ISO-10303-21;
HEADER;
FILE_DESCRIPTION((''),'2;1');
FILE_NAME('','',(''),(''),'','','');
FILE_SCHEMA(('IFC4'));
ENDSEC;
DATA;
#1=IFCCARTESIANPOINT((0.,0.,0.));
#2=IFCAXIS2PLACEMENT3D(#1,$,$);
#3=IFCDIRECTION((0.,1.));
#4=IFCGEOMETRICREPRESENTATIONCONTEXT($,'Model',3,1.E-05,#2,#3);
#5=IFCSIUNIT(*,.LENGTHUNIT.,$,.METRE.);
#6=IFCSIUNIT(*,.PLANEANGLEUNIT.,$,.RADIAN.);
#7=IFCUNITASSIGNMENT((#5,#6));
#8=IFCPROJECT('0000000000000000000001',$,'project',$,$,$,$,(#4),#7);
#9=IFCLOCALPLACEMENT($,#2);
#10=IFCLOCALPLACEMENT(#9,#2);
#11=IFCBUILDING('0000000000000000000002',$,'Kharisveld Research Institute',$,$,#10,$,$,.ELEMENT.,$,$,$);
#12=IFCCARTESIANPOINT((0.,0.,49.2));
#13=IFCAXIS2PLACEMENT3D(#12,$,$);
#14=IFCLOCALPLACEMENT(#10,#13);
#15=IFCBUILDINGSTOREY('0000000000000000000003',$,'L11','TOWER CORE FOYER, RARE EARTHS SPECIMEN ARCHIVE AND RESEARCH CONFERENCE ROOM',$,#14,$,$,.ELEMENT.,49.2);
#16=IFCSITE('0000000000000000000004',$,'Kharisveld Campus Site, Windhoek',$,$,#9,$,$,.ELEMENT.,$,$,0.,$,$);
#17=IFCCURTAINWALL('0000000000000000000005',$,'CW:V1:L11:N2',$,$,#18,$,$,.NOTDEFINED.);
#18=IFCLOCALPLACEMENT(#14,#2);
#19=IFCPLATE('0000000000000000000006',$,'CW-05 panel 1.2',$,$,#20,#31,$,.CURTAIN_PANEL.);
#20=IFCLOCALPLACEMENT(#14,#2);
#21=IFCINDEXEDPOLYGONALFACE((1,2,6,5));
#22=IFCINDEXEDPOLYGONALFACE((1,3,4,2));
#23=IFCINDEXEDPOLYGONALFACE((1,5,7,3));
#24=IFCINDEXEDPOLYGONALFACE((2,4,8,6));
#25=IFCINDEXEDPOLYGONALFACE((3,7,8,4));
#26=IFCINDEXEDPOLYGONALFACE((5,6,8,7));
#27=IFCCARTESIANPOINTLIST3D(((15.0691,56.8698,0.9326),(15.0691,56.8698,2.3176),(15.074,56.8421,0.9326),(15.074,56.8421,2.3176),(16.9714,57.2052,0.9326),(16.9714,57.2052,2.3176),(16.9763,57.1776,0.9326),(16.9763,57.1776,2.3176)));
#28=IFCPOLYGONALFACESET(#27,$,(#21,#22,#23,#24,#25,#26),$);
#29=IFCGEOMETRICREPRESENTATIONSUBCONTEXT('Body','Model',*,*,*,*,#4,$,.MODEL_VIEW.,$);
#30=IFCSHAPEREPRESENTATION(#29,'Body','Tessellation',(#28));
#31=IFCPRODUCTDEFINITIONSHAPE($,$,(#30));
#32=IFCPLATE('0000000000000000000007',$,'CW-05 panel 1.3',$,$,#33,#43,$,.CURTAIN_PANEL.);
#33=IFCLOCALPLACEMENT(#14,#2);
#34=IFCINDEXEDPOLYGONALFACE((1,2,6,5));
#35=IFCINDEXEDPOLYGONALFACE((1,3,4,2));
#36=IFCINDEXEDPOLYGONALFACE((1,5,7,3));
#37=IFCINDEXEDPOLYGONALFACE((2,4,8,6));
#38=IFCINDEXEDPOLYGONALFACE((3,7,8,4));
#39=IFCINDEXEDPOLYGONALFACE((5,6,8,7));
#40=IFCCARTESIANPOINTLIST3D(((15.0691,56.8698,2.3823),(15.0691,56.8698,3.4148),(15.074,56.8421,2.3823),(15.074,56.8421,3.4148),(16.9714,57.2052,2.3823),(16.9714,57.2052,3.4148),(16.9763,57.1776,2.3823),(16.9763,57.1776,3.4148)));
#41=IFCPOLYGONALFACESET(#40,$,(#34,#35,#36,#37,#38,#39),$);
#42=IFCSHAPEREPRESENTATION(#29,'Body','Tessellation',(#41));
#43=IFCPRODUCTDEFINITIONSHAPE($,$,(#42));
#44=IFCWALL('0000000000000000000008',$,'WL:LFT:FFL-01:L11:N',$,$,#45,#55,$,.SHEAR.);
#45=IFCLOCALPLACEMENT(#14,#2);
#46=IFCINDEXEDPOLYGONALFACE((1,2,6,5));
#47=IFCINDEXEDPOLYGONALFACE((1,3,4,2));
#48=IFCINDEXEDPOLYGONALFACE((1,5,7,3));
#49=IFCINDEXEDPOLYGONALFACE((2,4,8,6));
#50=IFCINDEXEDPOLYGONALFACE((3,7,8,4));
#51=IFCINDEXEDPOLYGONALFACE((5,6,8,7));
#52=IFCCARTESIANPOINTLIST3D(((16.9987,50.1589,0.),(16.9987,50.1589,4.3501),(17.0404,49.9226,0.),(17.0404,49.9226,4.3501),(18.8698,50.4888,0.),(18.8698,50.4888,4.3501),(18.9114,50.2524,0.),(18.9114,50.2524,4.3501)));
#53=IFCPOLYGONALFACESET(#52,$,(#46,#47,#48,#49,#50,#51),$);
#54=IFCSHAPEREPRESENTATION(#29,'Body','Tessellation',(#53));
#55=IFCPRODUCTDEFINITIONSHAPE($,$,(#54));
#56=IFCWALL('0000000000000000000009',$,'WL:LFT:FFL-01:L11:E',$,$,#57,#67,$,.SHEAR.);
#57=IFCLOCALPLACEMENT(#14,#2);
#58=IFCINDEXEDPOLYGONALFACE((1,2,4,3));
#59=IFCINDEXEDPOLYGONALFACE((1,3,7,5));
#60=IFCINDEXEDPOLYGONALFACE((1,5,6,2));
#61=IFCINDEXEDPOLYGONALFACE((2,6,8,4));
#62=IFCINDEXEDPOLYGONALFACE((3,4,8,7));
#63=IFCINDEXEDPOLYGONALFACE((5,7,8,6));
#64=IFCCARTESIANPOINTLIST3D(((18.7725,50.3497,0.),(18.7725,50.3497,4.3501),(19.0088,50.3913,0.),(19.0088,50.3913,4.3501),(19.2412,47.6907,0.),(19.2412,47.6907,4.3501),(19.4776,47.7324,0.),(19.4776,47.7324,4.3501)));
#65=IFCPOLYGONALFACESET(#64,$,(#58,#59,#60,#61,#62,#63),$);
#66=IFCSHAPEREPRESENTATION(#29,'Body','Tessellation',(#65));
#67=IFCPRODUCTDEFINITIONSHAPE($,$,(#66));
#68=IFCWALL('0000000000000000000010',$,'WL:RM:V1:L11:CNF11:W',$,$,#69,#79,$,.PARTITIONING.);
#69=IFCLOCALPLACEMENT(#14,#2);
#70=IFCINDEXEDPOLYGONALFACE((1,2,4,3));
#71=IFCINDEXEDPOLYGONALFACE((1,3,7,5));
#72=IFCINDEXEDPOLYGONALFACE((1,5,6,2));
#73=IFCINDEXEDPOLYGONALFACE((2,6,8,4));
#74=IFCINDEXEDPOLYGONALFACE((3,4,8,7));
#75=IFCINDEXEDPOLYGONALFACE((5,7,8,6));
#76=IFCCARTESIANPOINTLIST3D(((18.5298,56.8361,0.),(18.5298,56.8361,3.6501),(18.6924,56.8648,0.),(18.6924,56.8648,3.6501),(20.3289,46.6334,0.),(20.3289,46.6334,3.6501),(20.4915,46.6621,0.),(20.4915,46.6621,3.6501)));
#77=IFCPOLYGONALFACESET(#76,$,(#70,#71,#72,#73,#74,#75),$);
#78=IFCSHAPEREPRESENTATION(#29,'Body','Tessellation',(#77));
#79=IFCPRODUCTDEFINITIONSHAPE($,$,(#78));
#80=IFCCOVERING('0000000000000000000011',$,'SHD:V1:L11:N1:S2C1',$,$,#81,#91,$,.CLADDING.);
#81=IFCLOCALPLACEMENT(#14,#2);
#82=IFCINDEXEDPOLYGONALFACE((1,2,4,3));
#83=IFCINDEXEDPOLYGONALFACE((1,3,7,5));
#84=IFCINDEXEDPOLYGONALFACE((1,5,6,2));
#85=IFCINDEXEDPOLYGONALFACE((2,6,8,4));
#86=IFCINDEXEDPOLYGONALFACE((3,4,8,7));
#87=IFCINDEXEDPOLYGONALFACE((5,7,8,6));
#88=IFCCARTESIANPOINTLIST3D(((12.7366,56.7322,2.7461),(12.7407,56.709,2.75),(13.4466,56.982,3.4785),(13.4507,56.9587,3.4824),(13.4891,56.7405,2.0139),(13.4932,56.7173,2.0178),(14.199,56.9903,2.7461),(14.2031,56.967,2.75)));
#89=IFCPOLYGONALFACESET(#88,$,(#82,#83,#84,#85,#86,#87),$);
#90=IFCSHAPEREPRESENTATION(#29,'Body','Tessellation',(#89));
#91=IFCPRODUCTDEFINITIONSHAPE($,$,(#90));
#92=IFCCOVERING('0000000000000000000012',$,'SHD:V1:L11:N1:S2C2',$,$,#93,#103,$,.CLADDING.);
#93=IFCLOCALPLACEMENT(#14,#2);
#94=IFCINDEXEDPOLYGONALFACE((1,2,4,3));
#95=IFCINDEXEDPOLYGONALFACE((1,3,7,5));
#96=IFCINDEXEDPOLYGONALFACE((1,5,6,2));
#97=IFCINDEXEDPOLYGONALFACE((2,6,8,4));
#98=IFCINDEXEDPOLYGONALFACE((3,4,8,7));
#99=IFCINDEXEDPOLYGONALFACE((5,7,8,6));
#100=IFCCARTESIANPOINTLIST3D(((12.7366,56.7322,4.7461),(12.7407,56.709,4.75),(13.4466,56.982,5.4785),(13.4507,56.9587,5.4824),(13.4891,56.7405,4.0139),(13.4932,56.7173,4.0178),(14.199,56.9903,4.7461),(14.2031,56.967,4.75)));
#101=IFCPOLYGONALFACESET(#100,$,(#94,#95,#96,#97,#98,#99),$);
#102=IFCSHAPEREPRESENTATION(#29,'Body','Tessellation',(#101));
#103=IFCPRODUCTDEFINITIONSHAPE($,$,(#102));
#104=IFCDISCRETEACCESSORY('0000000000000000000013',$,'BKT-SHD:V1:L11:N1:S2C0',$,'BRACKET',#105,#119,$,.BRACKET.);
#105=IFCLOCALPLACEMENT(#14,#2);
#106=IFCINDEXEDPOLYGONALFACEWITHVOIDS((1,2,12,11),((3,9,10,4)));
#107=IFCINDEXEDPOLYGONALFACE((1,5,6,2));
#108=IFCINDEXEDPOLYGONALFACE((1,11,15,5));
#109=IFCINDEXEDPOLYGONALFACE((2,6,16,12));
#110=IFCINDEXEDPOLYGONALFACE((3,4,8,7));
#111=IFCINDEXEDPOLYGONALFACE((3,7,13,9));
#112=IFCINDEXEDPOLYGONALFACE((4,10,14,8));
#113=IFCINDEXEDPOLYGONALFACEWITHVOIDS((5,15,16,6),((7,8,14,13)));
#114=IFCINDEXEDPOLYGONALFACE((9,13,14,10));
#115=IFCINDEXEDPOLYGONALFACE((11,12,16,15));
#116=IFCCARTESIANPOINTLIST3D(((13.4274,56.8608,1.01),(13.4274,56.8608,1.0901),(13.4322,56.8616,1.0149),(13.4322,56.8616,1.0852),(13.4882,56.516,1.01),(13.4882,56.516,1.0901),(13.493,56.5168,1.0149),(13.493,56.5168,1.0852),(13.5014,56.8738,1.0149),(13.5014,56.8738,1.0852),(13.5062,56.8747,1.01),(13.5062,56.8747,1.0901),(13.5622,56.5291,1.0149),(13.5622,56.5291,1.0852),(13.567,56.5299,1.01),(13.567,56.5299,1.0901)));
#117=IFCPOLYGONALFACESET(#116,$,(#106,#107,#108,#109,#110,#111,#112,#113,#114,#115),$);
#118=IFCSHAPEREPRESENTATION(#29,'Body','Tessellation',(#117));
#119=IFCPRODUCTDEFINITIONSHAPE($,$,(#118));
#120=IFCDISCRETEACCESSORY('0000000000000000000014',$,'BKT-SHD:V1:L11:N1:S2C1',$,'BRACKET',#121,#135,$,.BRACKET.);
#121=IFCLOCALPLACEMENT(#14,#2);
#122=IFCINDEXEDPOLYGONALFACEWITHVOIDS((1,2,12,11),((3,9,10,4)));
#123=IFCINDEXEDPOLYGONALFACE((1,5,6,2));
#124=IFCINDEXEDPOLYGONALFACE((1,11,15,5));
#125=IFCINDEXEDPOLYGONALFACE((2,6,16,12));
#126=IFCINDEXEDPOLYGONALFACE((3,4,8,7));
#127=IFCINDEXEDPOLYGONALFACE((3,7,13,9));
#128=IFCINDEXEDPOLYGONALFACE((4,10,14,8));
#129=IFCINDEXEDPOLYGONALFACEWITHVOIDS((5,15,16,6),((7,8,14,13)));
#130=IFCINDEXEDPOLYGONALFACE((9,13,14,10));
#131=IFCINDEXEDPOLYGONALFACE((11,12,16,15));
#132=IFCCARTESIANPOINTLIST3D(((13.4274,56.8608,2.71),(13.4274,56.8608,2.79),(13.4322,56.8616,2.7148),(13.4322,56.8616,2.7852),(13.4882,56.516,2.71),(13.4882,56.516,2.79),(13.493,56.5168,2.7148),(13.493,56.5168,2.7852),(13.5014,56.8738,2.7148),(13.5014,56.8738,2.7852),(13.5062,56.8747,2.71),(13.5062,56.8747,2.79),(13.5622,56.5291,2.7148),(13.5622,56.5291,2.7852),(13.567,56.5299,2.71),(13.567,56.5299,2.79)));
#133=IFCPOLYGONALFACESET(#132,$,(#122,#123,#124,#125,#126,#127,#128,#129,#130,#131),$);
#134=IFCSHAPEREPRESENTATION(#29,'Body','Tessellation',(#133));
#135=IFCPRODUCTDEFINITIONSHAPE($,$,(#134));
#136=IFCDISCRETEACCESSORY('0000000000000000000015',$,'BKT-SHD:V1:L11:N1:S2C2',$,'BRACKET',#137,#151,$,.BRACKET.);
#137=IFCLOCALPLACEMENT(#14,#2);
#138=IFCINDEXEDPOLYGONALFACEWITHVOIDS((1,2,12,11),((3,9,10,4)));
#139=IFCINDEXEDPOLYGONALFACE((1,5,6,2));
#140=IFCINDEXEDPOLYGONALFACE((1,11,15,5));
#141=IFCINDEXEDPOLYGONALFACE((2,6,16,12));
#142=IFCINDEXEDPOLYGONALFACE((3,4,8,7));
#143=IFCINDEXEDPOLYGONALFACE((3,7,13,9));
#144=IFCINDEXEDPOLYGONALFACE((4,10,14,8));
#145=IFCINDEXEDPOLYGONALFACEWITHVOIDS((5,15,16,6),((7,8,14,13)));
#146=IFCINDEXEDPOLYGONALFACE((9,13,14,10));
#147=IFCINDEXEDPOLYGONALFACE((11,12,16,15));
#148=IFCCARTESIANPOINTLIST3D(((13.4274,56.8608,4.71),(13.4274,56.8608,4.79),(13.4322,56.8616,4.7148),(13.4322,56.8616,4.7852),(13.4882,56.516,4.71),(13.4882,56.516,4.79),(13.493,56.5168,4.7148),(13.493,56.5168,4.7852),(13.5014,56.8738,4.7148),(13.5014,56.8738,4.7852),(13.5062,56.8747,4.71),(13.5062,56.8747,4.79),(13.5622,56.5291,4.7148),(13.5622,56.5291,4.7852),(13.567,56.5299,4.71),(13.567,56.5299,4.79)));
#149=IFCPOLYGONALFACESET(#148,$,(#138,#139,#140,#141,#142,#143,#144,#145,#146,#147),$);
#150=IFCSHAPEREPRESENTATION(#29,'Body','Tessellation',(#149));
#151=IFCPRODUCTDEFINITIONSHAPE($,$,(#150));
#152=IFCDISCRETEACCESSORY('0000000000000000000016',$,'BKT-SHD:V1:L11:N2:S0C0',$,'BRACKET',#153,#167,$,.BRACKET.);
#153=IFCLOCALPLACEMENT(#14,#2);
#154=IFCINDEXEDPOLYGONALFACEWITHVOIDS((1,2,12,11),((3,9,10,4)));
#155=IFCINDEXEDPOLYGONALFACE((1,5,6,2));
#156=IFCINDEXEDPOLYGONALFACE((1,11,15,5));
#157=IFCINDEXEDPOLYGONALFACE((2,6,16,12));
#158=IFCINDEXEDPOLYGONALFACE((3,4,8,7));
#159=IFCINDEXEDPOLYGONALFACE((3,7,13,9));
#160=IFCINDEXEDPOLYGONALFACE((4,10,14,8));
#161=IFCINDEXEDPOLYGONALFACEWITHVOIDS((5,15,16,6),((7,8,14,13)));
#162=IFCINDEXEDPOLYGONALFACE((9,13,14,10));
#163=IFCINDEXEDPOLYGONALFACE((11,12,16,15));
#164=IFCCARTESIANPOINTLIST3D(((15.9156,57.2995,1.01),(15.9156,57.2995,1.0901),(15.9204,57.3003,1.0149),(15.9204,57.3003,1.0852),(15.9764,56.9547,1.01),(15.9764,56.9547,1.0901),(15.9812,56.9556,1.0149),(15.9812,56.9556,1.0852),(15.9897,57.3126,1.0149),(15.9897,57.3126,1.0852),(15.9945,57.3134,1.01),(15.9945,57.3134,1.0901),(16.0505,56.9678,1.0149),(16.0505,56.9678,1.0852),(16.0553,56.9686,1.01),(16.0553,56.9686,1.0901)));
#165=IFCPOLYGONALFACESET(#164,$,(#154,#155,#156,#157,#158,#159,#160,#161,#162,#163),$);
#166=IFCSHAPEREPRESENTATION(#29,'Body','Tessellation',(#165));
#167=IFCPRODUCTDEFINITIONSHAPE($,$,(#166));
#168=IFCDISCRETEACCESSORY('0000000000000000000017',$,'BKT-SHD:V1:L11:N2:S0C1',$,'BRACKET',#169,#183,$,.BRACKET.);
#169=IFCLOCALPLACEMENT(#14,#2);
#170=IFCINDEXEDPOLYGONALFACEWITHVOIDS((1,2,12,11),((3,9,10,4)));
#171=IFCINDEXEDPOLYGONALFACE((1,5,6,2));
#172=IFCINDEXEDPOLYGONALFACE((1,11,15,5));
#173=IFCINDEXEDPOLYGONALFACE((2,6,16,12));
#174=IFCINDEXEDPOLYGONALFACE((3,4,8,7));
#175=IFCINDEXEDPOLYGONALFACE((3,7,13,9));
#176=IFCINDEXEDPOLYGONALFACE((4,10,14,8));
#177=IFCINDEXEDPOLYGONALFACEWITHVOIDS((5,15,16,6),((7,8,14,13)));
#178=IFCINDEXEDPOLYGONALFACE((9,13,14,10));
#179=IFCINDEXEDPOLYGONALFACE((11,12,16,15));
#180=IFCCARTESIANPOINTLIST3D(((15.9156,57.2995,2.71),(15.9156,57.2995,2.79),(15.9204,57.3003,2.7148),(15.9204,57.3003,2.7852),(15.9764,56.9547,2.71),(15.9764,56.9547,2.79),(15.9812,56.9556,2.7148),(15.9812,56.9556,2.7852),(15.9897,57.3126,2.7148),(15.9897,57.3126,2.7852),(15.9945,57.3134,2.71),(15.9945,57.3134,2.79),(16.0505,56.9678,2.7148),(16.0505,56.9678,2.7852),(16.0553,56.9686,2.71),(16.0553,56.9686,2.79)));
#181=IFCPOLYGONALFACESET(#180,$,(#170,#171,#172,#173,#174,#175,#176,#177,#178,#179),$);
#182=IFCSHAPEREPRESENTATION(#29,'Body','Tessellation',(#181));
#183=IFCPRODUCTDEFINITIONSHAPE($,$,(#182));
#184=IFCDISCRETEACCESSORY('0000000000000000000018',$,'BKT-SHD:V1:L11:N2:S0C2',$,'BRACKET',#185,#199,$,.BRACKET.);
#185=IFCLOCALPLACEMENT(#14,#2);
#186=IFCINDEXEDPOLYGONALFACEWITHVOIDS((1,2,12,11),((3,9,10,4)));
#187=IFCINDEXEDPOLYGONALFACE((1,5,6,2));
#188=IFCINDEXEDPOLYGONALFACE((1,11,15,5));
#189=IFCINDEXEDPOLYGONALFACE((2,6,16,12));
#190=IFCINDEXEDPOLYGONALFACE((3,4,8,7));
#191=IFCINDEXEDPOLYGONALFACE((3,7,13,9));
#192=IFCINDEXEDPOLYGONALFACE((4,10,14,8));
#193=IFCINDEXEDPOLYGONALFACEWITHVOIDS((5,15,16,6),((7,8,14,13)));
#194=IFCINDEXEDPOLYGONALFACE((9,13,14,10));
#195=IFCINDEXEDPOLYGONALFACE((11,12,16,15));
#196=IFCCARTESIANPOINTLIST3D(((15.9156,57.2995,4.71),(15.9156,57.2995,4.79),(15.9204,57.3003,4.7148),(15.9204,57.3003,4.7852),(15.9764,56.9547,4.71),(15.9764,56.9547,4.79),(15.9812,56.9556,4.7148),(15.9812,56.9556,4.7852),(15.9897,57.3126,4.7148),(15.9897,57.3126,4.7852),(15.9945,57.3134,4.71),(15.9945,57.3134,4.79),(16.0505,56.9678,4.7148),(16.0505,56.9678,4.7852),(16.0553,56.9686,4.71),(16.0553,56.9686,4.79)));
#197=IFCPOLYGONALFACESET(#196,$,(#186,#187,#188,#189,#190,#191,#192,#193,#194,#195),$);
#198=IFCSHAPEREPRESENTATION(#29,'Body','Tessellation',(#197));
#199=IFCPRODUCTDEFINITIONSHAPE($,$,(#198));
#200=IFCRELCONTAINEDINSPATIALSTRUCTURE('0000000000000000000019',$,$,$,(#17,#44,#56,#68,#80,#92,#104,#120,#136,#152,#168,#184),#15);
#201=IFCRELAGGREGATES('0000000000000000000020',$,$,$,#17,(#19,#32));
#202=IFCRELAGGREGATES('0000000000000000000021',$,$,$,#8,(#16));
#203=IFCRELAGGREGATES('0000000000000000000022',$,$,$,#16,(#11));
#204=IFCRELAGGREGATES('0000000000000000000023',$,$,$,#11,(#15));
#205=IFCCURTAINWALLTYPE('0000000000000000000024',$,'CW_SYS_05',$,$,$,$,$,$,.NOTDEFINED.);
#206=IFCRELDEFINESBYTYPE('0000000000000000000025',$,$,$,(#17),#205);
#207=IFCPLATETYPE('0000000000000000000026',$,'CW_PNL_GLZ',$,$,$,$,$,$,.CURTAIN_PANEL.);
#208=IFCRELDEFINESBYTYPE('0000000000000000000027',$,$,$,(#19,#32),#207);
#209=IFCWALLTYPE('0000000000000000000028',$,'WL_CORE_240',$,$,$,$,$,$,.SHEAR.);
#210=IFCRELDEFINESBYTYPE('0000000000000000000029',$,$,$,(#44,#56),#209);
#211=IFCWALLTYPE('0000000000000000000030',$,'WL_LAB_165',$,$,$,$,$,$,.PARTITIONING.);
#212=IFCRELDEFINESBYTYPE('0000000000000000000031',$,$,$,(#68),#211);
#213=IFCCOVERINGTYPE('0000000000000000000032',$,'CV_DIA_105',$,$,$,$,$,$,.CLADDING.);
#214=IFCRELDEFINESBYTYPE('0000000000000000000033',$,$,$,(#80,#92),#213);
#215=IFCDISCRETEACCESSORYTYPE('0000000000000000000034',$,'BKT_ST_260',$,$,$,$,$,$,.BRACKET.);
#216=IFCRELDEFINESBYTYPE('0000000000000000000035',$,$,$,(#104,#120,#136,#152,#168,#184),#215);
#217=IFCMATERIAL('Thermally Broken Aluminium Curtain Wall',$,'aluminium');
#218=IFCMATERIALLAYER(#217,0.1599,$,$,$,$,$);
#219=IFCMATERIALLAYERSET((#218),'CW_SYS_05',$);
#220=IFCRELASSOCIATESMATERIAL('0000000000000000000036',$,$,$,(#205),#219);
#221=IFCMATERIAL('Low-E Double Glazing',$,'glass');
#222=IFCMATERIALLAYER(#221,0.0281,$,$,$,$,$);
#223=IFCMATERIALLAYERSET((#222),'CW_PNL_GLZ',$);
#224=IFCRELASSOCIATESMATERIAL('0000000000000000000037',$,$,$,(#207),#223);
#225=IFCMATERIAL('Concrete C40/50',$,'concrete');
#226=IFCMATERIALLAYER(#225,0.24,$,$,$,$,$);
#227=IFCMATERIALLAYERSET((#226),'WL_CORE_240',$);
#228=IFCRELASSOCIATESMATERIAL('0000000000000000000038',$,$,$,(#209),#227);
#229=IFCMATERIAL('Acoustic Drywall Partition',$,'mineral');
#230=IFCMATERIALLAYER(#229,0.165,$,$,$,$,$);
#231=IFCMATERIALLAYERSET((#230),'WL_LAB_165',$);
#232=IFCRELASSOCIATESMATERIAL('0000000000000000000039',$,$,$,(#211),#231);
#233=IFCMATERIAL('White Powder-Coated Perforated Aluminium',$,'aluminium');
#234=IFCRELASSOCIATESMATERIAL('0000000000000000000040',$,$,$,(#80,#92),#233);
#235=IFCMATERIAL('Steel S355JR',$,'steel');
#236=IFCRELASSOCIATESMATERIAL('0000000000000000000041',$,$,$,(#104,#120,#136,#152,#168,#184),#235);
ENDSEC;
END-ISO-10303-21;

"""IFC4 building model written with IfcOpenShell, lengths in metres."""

from ifc_helpers import new_model, si_unit, direction, frame, frame_2d, origin, origin_2d, place, context, subcontext, project, spatial, polyline, rectangle, hollow_rectangle, outline, extrude, material, layer, layer_set, type_object, element, aggregate, save


model = new_model("IFC4")

# Units and contexts
model_context = context("Model", 3, precision=1e-05, world=origin(), true_north=direction((0.0, 1.0)))
body_context = subcontext(model_context, "Body", "Model", "MODEL_VIEW")
ifc_project = project(units=[si_unit("LENGTHUNIT", "METRE"), si_unit("PLANEANGLEUNIT", "RADIAN")], contexts=[model_context])

# Site, building, storey
site_placement = place(None, origin())
site = spatial("IfcSite", under=ifc_project, at=site_placement, Name="Kharisveld Campus Site, Windhoek", CompositionType="ELEMENT", RefElevation=0.0)
building_placement = place(site_placement, origin())
building = spatial("IfcBuilding", under=site, at=building_placement, Name="Kharisveld Research Institute", CompositionType="ELEMENT")
storey_placement = place(building_placement, frame((0.0, 0.0, 49.2)))
storey = spatial("IfcBuildingStorey", under=building, at=storey_placement, Name="L11", Description="TOWER CORE FOYER, RARE EARTHS SPECIMEN ARCHIVE AND RESEARCH CONFERENCE ROOM", CompositionType="ELEMENT", Elevation=49.2)

# Curtain wall
ifc_material_1 = material(Name="Thermally Broken Aluminium Curtain Wall", Category="aluminium")
ifc_layer_1 = layer(ifc_material_1, 0.1599)
ifc_layer_set_1 = layer_set([ifc_layer_1], Name="CW_SYS_05")
curtain_wall_type_1 = type_object("IfcCurtainWallType", Name="CW_SYS_05", PredefinedType="NOTDEFINED", material=ifc_layer_set_1)
curtain_wall_1_placement = place(storey_placement, origin())
curtain_wall_1 = element("IfcCurtainWall", 1, at=curtain_wall_1_placement, inside=storey, type_object=curtain_wall_type_1, Name="CW:V1:L11:N2", PredefinedType="NOTDEFINED")

# Plates
ifc_material_2 = material(Name="Low-E Double Glazing", Category="glass")
ifc_layer_2 = layer(ifc_material_2, 0.0281)
ifc_layer_set_2 = layer_set([ifc_layer_2], Name="CW_PNL_GLZ")
plate_type = type_object("IfcPlateType", Name="CW_PNL_GLZ", PredefinedType="CURTAIN_PANEL", material=ifc_layer_set_2)
plate_1_placement = place(storey_placement, frame((16.0227, 57.0237, 0.9326), z_axis=(0.0, 0.0, 1.0), x_axis=(0.984808, 0.173648, 0.0)))
plate_1 = element("IfcPlate", 2, at=plate_1_placement, type_object=plate_type, Name="CW-05 panel 1.2", PredefinedType="CURTAIN_PANEL", context=body_context, shape_type="SweptSolid", body=[
    extrude(rectangle(XDim=1.9316, YDim=0.0281, at=origin_2d()), origin(), (0.0, 0.0, 1.0), 1.385),
])
plate_2_placement = place(storey_placement, frame((16.0227, 57.0237, 2.3823), z_axis=(0.0, 0.0, 1.0), x_axis=(0.984808, 0.173648, 0.0)))
plate_2 = element("IfcPlate", 3, at=plate_2_placement, type_object=plate_type, Name="CW-05 panel 1.3", PredefinedType="CURTAIN_PANEL", context=body_context, shape_type="SweptSolid", body=[
    extrude(rectangle(XDim=1.9316, YDim=0.0281, at=origin_2d()), origin(), (0.0, 0.0, 1.0), 1.0325),
])
aggregate(curtain_wall_1, [plate_1, plate_2])

# Walls
ifc_material_3 = material(Name="Concrete C40/50", Category="concrete")
ifc_layer_3 = layer(ifc_material_3, 0.24)
ifc_layer_set_3 = layer_set([ifc_layer_3], Name="WL_CORE_240")
wall_type_1 = type_object("IfcWallType", Name="WL_CORE_240", PredefinedType="SHEAR", material=ifc_layer_set_3)
wall_1_placement = place(storey_placement, frame((17.0195, 50.0408, 0.0), z_axis=(0.0, 0.0, 1.0), x_axis=(0.984816, 0.173602, 0.0)))
element("IfcWall", 4, at=wall_1_placement, inside=storey, type_object=wall_type_1, Name="WL:LFT:FFL-01:L11:N", PredefinedType="SHEAR", context=body_context, shape_type="SweptSolid", body=[
    extrude(rectangle(XDim=1.8999, YDim=0.24, at=frame_2d((0.95, 0.0))), origin(), (0.0, 0.0, 1.0), 4.3501),
])
wall_2_placement = place(storey_placement, frame((18.8906, 50.3706, 0.0), z_axis=(0.0, 0.0, 1.0), x_axis=(0.173615, -0.984814, 0.0)))
element("IfcWall", 5, at=wall_2_placement, inside=storey, type_object=wall_type_1, Name="WL:LFT:FFL-01:L11:E", PredefinedType="SHEAR", context=body_context, shape_type="SweptSolid", body=[
    extrude(rectangle(XDim=2.7, YDim=0.24, at=frame_2d((1.3501, 0.0))), origin(), (0.0, 0.0, 1.0), 4.3501),
])
ifc_material_4 = material(Name="Acoustic Drywall Partition", Category="mineral")
ifc_layer_4 = layer(ifc_material_4, 0.165)
ifc_layer_set_4 = layer_set([ifc_layer_4], Name="WL_LAB_165")
wall_type_2 = type_object("IfcWallType", Name="WL_LAB_165", PredefinedType="PARTITIONING", material=ifc_layer_set_4)
wall_3_placement = place(storey_placement, frame((18.6111, 56.8506, 0.0), z_axis=(0.0, 0.0, 1.0), x_axis=(0.173655, -0.984807, 0.0)))
element("IfcWall", 6, at=wall_3_placement, inside=storey, type_object=wall_type_2, Name="WL:RM:V1:L11:CNF11:W", PredefinedType="PARTITIONING", context=body_context, shape_type="SweptSolid", body=[
    extrude(rectangle(XDim=10.3601, YDim=0.165, at=frame_2d((5.1802, 0.0))), origin(), (0.0, 0.0, 1.0), 3.6501),
])

# Coverings
ifc_material_5 = material(Name="White Powder-Coated Perforated Aluminium", Category="aluminium")
covering_type = type_object("IfcCoveringType", Name="CV_DIA_105", PredefinedType="CLADDING")
for number, where, z_axis, x_axis, name in (
    (7, (13.4932, 56.7173, 2.0178), (0.171391, -0.971272, 0.165096), (0.676154, 0.237843, 0.697313), "SHD:V1:L11:N1:S2C1"),
    (8, (13.4932, 56.7173, 4.0178), (0.171391, -0.971272, 0.165096), (0.676154, 0.237843, 0.697313), "SHD:V1:L11:N1:S2C2"),
):
    element("IfcCovering", number, at=place(storey_placement, frame(where, z_axis=z_axis, x_axis=x_axis)), inside=storey, type_object=covering_type, material=ifc_material_5, Name=name, PredefinedType="CLADDING", context=body_context, shape_type="SweptSolid", body=[
        extrude(outline(polyline([(0.0, 0.0), (1.05, 0.0), (1.05, 1.0501), (-0.0002, 1.0499), (0.0, 0.0)])), origin(), (0.0, 0.0, -1.0), 0.0239),
    ])

# Discrete accessories
ifc_material_6 = material(Name="Steel S355JR", Category="steel")
discrete_accessory_type = type_object("IfcDiscreteAccessoryType", Name="BKT_ST_260", PredefinedType="BRACKET")
for number, where, z_axis, x_axis, name in (
    (9, (13.5276, 56.5229, 1.05), (-0.173666, 0.984805, 0.0), (-0.984805, -0.173666, 0.0), "BKT-SHD:V1:L11:N1:S2C0"),
    (10, (13.5276, 56.5229, 2.75), (-0.173666, 0.984805, 0.0), (-0.984805, -0.173666, 0.0), "BKT-SHD:V1:L11:N1:S2C1"),
    (11, (13.5276, 56.5229, 4.75), (-0.173666, 0.984805, 0.0), (-0.984805, -0.173666, 0.0), "BKT-SHD:V1:L11:N1:S2C2"),
    (12, (16.0159, 56.9617, 1.05), (-0.173666, 0.984805, 0.0), (-0.984805, -0.173666, 0.0), "BKT-SHD:V1:L11:N2:S0C0"),
    (13, (16.0159, 56.9617, 2.75), (-0.173666, 0.984805, 0.0), (-0.984805, -0.173666, 0.0), "BKT-SHD:V1:L11:N2:S0C1"),
    (14, (16.0159, 56.9617, 4.75), (-0.173666, 0.984805, 0.0), (-0.984805, -0.173666, 0.0), "BKT-SHD:V1:L11:N2:S0C2"),
):
    element("IfcDiscreteAccessory", number, at=place(storey_placement, frame(where, z_axis=z_axis, x_axis=x_axis)), inside=storey, type_object=discrete_accessory_type, material=ifc_material_6, Name=name, ObjectType="BRACKET", PredefinedType="BRACKET", context=body_context, shape_type="SweptSolid", body=[
        extrude(hollow_rectangle(XDim=0.0801, YDim=0.0801, WallThickness=0.0049, at=origin_2d()), origin(), (0.0, 0.0, 1.0), 0.3501),
    ])

save(model, "model.ifc")
